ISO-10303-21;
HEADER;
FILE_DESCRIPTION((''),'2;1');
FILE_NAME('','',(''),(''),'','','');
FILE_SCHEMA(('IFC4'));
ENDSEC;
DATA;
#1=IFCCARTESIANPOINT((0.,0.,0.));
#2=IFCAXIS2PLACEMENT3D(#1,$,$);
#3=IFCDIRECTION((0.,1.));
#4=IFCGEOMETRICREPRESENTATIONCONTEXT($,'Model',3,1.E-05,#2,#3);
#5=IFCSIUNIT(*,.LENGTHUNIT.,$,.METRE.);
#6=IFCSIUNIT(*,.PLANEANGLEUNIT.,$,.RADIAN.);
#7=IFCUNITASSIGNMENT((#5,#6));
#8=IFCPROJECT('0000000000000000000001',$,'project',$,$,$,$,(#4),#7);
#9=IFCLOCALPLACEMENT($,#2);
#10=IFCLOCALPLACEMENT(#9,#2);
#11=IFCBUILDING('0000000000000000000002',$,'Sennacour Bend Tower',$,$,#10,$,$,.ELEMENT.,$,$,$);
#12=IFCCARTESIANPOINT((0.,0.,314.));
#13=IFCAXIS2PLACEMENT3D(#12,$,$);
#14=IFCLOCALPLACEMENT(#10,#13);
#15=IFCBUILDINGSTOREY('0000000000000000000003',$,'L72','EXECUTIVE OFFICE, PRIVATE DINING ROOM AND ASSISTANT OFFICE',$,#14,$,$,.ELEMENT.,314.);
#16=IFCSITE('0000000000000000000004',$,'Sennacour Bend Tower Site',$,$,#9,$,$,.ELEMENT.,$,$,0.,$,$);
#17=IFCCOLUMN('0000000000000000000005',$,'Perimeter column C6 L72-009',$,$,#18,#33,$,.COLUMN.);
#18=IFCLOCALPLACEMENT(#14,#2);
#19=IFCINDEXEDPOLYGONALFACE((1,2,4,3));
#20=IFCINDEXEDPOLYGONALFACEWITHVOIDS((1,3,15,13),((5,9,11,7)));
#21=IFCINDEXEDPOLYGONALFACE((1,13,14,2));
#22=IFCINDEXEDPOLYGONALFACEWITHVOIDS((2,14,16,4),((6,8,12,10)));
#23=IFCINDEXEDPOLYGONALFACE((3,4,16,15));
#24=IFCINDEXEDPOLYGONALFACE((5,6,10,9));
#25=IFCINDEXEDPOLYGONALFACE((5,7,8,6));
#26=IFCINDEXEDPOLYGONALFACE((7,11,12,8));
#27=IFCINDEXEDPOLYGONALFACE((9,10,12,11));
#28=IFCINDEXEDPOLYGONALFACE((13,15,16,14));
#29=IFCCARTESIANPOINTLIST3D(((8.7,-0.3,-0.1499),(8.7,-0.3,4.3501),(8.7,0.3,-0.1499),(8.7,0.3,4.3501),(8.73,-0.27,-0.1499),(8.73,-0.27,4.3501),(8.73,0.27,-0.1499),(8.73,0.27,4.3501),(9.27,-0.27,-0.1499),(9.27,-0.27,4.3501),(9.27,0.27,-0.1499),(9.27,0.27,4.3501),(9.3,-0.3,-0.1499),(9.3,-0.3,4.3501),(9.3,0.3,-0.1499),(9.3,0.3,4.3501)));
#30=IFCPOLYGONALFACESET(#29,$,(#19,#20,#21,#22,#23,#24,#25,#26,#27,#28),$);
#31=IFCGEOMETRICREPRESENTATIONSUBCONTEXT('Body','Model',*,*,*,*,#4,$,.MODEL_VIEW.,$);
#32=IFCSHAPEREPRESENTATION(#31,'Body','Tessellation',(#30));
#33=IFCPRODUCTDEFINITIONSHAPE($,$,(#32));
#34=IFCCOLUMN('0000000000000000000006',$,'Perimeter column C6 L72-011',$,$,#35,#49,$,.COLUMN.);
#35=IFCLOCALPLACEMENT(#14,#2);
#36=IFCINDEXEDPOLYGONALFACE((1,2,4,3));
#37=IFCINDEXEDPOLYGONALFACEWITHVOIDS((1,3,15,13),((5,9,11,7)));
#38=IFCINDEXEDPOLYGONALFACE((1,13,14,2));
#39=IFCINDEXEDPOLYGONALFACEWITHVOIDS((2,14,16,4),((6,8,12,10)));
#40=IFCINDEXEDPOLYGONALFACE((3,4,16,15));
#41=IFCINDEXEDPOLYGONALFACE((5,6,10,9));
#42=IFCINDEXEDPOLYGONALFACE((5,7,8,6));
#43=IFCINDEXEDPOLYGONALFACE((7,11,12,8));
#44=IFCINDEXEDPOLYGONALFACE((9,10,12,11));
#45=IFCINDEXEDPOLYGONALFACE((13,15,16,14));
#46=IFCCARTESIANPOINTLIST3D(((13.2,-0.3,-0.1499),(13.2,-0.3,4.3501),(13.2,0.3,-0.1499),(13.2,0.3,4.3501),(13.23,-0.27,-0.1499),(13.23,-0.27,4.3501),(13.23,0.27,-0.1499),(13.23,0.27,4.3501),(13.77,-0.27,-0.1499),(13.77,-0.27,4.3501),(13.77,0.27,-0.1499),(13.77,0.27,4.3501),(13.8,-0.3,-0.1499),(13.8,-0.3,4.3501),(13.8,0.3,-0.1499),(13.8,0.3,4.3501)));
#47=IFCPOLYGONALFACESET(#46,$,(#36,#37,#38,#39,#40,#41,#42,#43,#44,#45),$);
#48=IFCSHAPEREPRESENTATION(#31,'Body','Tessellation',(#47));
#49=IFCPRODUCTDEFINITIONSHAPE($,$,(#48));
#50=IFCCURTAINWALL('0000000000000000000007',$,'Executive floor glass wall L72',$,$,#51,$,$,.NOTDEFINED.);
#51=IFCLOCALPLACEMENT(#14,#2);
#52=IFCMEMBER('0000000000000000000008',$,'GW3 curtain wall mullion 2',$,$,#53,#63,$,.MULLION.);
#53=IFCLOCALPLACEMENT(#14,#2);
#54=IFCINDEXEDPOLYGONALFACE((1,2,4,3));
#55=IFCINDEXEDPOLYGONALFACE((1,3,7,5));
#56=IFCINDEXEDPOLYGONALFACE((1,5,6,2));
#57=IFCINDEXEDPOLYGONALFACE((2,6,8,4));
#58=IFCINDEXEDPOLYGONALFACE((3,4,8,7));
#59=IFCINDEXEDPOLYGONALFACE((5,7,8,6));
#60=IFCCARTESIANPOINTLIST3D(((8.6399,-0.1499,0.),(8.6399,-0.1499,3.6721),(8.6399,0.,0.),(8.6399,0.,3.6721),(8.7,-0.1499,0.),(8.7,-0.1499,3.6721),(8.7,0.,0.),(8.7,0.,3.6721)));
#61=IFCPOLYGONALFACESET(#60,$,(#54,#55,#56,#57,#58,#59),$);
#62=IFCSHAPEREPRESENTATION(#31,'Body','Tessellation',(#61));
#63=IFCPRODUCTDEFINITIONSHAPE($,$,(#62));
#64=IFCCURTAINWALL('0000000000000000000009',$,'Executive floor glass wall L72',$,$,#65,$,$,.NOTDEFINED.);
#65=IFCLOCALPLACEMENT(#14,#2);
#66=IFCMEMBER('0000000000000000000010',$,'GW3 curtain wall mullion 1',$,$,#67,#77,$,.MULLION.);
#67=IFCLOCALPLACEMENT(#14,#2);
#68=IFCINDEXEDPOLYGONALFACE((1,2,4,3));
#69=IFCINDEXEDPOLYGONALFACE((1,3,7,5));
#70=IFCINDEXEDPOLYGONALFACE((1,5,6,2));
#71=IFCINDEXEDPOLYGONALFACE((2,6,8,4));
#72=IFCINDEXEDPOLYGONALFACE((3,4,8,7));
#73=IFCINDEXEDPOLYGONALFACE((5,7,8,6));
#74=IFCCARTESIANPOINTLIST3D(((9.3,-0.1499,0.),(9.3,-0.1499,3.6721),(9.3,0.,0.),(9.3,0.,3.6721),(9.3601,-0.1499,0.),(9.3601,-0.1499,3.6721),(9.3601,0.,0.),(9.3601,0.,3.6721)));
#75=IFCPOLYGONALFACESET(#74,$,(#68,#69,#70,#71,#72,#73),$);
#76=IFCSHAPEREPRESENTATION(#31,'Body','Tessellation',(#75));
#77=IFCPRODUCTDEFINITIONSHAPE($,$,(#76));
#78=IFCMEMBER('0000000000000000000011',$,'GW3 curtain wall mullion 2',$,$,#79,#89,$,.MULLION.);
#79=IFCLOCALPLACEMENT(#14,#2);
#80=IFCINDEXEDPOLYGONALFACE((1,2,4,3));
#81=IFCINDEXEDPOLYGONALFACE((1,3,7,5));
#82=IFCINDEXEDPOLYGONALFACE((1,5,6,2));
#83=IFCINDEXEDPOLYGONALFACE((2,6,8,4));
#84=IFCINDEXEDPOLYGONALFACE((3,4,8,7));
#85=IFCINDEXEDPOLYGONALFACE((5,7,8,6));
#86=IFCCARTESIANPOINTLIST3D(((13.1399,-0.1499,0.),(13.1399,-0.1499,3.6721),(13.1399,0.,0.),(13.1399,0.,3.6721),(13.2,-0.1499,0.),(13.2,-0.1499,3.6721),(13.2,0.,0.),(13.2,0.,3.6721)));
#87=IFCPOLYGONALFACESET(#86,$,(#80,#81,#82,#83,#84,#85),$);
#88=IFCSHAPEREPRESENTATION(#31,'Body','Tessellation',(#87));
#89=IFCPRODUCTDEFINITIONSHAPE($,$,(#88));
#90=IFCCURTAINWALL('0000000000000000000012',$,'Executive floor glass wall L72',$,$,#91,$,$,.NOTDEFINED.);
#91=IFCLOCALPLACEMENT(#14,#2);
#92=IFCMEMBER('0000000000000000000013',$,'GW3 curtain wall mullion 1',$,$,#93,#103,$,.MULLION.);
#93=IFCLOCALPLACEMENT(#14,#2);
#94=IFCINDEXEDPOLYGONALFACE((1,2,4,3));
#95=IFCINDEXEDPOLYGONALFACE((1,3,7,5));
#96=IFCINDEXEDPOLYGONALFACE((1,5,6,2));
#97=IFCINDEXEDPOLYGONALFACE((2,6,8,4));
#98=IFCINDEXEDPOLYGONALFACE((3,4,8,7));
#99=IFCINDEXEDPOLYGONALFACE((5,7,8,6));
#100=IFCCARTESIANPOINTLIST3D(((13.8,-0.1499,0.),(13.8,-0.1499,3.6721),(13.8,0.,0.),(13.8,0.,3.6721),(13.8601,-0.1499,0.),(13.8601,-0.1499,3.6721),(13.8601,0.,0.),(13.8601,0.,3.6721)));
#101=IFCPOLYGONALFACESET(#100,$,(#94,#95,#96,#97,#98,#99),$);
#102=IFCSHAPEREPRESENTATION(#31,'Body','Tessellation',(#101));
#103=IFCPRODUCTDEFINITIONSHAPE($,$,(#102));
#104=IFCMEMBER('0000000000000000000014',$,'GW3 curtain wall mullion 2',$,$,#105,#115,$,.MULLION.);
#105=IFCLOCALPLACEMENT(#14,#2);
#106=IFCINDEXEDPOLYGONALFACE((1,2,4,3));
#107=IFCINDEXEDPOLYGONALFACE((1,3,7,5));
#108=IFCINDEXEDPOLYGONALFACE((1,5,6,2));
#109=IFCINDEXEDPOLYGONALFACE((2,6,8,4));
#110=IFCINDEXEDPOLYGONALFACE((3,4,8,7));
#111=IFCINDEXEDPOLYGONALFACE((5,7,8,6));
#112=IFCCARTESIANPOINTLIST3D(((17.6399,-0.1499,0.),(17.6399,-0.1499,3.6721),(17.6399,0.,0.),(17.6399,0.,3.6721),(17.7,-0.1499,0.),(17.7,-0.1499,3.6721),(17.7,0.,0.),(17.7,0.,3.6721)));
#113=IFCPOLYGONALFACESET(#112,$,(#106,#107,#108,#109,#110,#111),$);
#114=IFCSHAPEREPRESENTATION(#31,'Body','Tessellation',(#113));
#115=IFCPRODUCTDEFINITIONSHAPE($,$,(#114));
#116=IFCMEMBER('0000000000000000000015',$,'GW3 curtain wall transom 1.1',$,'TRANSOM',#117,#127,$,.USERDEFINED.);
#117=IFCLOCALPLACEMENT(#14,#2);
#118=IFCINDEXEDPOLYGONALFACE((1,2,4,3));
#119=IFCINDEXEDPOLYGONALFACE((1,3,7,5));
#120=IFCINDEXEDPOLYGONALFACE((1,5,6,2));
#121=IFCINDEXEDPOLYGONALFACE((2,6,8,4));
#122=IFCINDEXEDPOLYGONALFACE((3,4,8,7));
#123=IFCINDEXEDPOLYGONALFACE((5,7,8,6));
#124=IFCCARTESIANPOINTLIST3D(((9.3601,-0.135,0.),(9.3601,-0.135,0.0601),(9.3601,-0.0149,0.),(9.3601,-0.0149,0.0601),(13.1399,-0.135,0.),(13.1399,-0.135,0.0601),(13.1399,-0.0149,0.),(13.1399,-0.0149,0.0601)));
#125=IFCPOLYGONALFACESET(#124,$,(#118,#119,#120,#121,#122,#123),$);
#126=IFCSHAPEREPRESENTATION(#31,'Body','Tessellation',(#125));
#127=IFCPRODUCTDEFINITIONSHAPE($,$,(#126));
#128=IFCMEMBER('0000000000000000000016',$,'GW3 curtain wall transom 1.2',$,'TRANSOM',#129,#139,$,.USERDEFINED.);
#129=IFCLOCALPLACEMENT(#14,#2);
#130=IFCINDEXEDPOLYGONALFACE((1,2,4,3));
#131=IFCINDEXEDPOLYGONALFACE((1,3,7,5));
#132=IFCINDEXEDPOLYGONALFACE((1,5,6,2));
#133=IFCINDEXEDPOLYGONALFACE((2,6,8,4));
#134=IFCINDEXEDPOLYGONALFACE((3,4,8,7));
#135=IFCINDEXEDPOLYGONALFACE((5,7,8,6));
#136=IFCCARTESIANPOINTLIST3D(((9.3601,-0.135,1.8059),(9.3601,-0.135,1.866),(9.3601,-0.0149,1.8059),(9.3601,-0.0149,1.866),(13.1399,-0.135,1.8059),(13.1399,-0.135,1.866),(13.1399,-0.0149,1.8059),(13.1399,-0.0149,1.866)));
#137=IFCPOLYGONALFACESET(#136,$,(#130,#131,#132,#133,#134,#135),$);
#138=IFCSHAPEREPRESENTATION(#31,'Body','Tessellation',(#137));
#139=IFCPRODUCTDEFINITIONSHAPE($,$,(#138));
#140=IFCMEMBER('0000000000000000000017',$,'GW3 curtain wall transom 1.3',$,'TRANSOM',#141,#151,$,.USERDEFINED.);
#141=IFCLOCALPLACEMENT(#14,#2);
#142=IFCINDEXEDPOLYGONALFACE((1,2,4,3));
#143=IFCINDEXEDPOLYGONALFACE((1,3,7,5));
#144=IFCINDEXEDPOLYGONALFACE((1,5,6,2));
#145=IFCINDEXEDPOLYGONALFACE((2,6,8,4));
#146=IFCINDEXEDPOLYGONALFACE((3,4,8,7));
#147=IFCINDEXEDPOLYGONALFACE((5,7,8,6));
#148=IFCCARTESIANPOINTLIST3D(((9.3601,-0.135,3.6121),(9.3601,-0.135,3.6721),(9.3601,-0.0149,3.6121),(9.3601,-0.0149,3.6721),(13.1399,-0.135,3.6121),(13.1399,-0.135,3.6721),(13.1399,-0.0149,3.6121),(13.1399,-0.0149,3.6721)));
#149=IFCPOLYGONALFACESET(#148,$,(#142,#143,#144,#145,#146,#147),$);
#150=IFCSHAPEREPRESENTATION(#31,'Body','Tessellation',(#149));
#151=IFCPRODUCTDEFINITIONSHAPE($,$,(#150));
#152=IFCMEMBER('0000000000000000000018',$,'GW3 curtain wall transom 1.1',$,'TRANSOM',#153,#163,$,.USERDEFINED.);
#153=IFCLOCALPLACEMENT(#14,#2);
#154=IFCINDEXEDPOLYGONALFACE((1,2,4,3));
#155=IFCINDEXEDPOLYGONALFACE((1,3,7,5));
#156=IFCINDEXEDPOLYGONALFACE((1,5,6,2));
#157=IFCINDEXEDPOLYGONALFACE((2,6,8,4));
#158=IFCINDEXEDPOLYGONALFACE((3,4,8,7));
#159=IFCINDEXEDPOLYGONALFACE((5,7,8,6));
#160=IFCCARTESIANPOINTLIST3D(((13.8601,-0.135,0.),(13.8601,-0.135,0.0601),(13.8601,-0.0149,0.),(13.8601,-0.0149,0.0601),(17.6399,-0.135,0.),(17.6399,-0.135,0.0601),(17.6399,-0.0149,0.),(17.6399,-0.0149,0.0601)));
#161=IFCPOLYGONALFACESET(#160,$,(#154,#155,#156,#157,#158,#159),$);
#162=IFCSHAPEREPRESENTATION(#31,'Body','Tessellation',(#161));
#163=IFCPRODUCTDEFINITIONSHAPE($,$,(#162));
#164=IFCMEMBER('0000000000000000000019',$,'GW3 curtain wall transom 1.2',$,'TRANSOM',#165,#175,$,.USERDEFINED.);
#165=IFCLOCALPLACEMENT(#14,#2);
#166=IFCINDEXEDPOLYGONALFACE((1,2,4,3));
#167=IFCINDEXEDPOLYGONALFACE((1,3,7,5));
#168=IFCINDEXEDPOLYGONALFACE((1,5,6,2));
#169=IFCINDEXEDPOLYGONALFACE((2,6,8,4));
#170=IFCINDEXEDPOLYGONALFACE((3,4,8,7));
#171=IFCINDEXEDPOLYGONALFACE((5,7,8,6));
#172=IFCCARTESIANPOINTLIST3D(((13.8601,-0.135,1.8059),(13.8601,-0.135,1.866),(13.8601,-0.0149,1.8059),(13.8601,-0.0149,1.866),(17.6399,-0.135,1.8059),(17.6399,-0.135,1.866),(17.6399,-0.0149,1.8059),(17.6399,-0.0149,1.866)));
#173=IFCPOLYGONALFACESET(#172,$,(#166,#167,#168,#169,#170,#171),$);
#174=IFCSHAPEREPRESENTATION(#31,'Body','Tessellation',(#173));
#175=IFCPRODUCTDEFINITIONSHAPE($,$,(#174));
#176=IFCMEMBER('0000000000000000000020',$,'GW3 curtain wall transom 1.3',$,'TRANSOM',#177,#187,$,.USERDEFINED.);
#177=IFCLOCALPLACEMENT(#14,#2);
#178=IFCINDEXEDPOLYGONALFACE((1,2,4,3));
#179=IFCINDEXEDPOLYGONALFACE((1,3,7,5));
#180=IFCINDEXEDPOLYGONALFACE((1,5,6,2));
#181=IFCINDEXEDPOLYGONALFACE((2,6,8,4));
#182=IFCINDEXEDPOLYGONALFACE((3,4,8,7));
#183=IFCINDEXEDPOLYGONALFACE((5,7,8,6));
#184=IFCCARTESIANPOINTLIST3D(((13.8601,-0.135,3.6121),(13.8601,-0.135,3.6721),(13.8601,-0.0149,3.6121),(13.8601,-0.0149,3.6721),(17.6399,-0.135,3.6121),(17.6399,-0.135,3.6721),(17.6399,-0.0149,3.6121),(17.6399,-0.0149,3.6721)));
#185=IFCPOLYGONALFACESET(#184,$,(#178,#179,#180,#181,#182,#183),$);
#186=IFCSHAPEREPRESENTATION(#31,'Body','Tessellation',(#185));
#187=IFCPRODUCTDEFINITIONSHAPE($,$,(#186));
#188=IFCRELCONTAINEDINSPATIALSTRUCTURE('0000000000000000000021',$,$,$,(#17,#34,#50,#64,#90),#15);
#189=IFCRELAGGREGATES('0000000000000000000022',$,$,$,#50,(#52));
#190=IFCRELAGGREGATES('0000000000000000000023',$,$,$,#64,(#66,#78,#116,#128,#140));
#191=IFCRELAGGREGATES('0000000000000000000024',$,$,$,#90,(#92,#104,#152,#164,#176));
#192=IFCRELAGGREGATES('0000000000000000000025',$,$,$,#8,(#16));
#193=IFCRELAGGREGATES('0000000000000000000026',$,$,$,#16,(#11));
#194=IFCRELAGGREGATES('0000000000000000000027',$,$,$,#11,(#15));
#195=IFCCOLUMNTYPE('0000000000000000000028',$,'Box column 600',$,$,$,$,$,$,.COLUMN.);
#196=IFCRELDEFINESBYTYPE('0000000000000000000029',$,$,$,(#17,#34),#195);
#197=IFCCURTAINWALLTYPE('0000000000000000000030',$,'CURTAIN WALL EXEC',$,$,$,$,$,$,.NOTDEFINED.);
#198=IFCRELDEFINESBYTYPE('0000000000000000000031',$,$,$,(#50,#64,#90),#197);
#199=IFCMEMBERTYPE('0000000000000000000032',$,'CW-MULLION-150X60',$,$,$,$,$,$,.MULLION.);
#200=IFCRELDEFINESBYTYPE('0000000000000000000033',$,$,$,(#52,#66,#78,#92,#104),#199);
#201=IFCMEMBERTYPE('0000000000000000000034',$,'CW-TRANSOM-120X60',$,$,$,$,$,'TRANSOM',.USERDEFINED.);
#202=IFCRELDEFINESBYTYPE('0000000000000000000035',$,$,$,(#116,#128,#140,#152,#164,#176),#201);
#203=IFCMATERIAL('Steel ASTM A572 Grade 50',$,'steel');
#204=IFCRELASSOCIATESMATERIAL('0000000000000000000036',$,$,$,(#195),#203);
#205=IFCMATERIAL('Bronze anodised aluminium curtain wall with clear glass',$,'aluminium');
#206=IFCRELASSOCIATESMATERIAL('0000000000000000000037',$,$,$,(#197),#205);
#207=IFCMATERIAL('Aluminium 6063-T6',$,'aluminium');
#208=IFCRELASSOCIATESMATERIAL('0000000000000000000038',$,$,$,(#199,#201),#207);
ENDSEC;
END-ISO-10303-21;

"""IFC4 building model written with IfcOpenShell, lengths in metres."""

from ifc_helpers import new_model, si_unit, direction, frame, origin, origin_2d, place, context, subcontext, project, spatial, rectangle, hollow_rectangle, extrude, material, material_profile, profile_set, type_object, element, aggregate, save


model = new_model("IFC4")

# Units and contexts
model_context = context("Model", 3, precision=1e-05, world=origin(), true_north=direction((0.0, 1.0)))
body_context = subcontext(model_context, "Body", "Model", "MODEL_VIEW")
ifc_project = project(units=[si_unit("LENGTHUNIT", "METRE"), si_unit("PLANEANGLEUNIT", "RADIAN")], contexts=[model_context])

# Site, building, storey
site_placement = place(None, origin())
site = spatial("IfcSite", under=ifc_project, at=site_placement, Name="Sennacour Bend Tower Site", CompositionType="ELEMENT", RefElevation=0.0)
building_placement = place(site_placement, origin())
building = spatial("IfcBuilding", under=site, at=building_placement, Name="Sennacour Bend Tower", CompositionType="ELEMENT")
storey_placement = place(building_placement, frame((0.0, 0.0, 314.0)))
storey = spatial("IfcBuildingStorey", under=building, at=storey_placement, Name="L72", Description="EXECUTIVE OFFICE, PRIVATE DINING ROOM AND ASSISTANT OFFICE", CompositionType="ELEMENT", Elevation=314.0)

# Columns
ifc_material_1 = material(Name="Steel ASTM A572 Grade 50", Category="steel")
ifc_material_profile_1 = material_profile(ifc_material_1, hollow_rectangle(XDim=0.6001, YDim=0.6001, WallThickness=0.03, at=origin_2d()), Name="Steel ASTM A572 Grade 50", Category="steel")
ifc_profile_set_1 = profile_set([ifc_material_profile_1], Name="Steel ASTM A572 Grade 50")
column_type = type_object("IfcColumnType", Name="Box column 600", PredefinedType="COLUMN", material=ifc_profile_set_1)
for number, where, z_axis, x_axis, name in (
    (1, (9.0, 0.0, -0.1499), (0.0, 0.0, 1.0), (1.0, 0.0, 0.0), "Perimeter column C6 L72-009"),
    (2, (13.5, 0.0, -0.1499), (0.0, 0.0, 1.0), (1.0, 0.0, 0.0), "Perimeter column C6 L72-011"),
):
    element("IfcColumn", number, at=place(storey_placement, frame(where, z_axis=z_axis, x_axis=x_axis)), inside=storey, type_object=column_type, Name=name, PredefinedType="COLUMN", context=body_context, shape_type="SweptSolid", body=[
        extrude(hollow_rectangle(XDim=0.6001, YDim=0.6001, WallThickness=0.03, at=origin_2d()), origin(), (0.0, 0.0, 1.0), 4.5),
    ])

# Curtain wall, member
ifc_material_2 = material(Name="Bronze anodised aluminium curtain wall with clear glass", Category="aluminium")
curtain_wall_type = type_object("IfcCurtainWallType", Name="CURTAIN WALL EXEC", PredefinedType="NOTDEFINED", material=ifc_material_2)
curtain_wall_1_placement = place(storey_placement, origin())
curtain_wall_1 = element("IfcCurtainWall", 3, at=curtain_wall_1_placement, inside=storey, type_object=curtain_wall_type, Name="Executive floor glass wall L72", PredefinedType="NOTDEFINED")
ifc_material_3 = material(Name="Aluminium 6063-T6", Category="aluminium")
ifc_material_profile_2 = material_profile(ifc_material_3, rectangle(XDim=0.1499, YDim=0.0601, at=origin_2d()), Name="Aluminium 6063-T6", Category="aluminium")
ifc_profile_set_2 = profile_set([ifc_material_profile_2], Name="Aluminium 6063-T6")
member_type_1 = type_object("IfcMemberType", Name="CW-MULLION-150X60", PredefinedType="MULLION", material=ifc_profile_set_2)
member_1_placement = place(storey_placement, frame((8.6699, -0.075, 0.0), z_axis=(0.0, 0.0, 1.0), x_axis=(0.0, 1.0, 0.0)))
member_1 = element("IfcMember", 4, at=member_1_placement, type_object=member_type_1, Name="GW3 curtain wall mullion 2", PredefinedType="MULLION", context=body_context, shape_type="SweptSolid", body=[
    extrude(rectangle(XDim=0.1499, YDim=0.0601, at=origin_2d()), origin(), (0.0, 0.0, 1.0), 3.6721),
])
aggregate(curtain_wall_1, [member_1])

# Curtain walls, members
curtain_wall_2_placement = place(storey_placement, origin())
curtain_wall_2 = element("IfcCurtainWall", 5, at=curtain_wall_2_placement, inside=storey, type_object=curtain_wall_type, Name="Executive floor glass wall L72", PredefinedType="NOTDEFINED")
member_2_placement = place(storey_placement, frame((9.3301, -0.075, 0.0), z_axis=(0.0, 0.0, 1.0), x_axis=(0.0, 1.0, 0.0)))
member_2 = element("IfcMember", 6, at=member_2_placement, type_object=member_type_1, Name="GW3 curtain wall mullion 1", PredefinedType="MULLION", context=body_context, shape_type="SweptSolid", body=[
    extrude(rectangle(XDim=0.1499, YDim=0.0601, at=origin_2d()), origin(), (0.0, 0.0, 1.0), 3.6721),
])
member_3_placement = place(storey_placement, frame((13.1699, -0.075, 0.0), z_axis=(0.0, 0.0, 1.0), x_axis=(0.0, 1.0, 0.0)))
member_3 = element("IfcMember", 7, at=member_3_placement, type_object=member_type_1, Name="GW3 curtain wall mullion 2", PredefinedType="MULLION", context=body_context, shape_type="SweptSolid", body=[
    extrude(rectangle(XDim=0.1499, YDim=0.0601, at=origin_2d()), origin(), (0.0, 0.0, 1.0), 3.6721),
])
curtain_wall_3_placement = place(storey_placement, origin())
curtain_wall_3 = element("IfcCurtainWall", 8, at=curtain_wall_3_placement, inside=storey, type_object=curtain_wall_type, Name="Executive floor glass wall L72", PredefinedType="NOTDEFINED")
member_4_placement = place(storey_placement, frame((13.8301, -0.075, 0.0), z_axis=(0.0, 0.0, 1.0), x_axis=(0.0, 1.0, 0.0)))
member_4 = element("IfcMember", 9, at=member_4_placement, type_object=member_type_1, Name="GW3 curtain wall mullion 1", PredefinedType="MULLION", context=body_context, shape_type="SweptSolid", body=[
    extrude(rectangle(XDim=0.1499, YDim=0.0601, at=origin_2d()), origin(), (0.0, 0.0, 1.0), 3.6721),
])
member_5_placement = place(storey_placement, frame((17.6699, -0.075, 0.0), z_axis=(0.0, 0.0, 1.0), x_axis=(0.0, 1.0, 0.0)))
member_5 = element("IfcMember", 10, at=member_5_placement, type_object=member_type_1, Name="GW3 curtain wall mullion 2", PredefinedType="MULLION", context=body_context, shape_type="SweptSolid", body=[
    extrude(rectangle(XDim=0.1499, YDim=0.0601, at=origin_2d()), origin(), (0.0, 0.0, 1.0), 3.6721),
])

# Members
ifc_material_profile_3 = material_profile(ifc_material_3, rectangle(XDim=0.1201, YDim=0.0601, at=origin_2d()), Name="Aluminium 6063-T6", Category="aluminium")
ifc_profile_set_3 = profile_set([ifc_material_profile_3], Name="Aluminium 6063-T6")
member_type_2 = type_object("IfcMemberType", Name="CW-TRANSOM-120X60", ElementType="TRANSOM", PredefinedType="USERDEFINED", material=ifc_profile_set_3)
member_6_placement = place(storey_placement, frame((9.3601, -0.075, 0.03), z_axis=(1.0, 0.0, 0.0), x_axis=(0.0, 1.0, 0.0)))
member_6 = element("IfcMember", 11, at=member_6_placement, type_object=member_type_2, Name="GW3 curtain wall transom 1.1", ObjectType="TRANSOM", PredefinedType="USERDEFINED", context=body_context, shape_type="SweptSolid", body=[
    extrude(rectangle(XDim=0.1201, YDim=0.0601, at=origin_2d()), origin(), (0.0, 0.0, 1.0), 3.7798),
])
member_7_placement = place(storey_placement, frame((9.3601, -0.075, 1.8359), z_axis=(1.0, 0.0, 0.0), x_axis=(0.0, 1.0, 0.0)))
member_7 = element("IfcMember", 12, at=member_7_placement, type_object=member_type_2, Name="GW3 curtain wall transom 1.2", ObjectType="TRANSOM", PredefinedType="USERDEFINED", context=body_context, shape_type="SweptSolid", body=[
    extrude(rectangle(XDim=0.1201, YDim=0.0601, at=origin_2d()), origin(), (0.0, 0.0, 1.0), 3.7798),
])
member_8_placement = place(storey_placement, frame((9.3601, -0.075, 3.6421), z_axis=(1.0, 0.0, 0.0), x_axis=(0.0, 1.0, 0.0)))
member_8 = element("IfcMember", 13, at=member_8_placement, type_object=member_type_2, Name="GW3 curtain wall transom 1.3", ObjectType="TRANSOM", PredefinedType="USERDEFINED", context=body_context, shape_type="SweptSolid", body=[
    extrude(rectangle(XDim=0.1201, YDim=0.0601, at=origin_2d()), origin(), (0.0, 0.0, 1.0), 3.7798),
])
member_9_placement = place(storey_placement, frame((13.8601, -0.075, 0.03), z_axis=(1.0, 0.0, 0.0), x_axis=(0.0, 1.0, 0.0)))
member_9 = element("IfcMember", 14, at=member_9_placement, type_object=member_type_2, Name="GW3 curtain wall transom 1.1", ObjectType="TRANSOM", PredefinedType="USERDEFINED", context=body_context, shape_type="SweptSolid", body=[
    extrude(rectangle(XDim=0.1201, YDim=0.0601, at=origin_2d()), origin(), (0.0, 0.0, 1.0), 3.7798),
])
member_10_placement = place(storey_placement, frame((13.8601, -0.075, 1.8359), z_axis=(1.0, 0.0, 0.0), x_axis=(0.0, 1.0, 0.0)))
member_10 = element("IfcMember", 15, at=member_10_placement, type_object=member_type_2, Name="GW3 curtain wall transom 1.2", ObjectType="TRANSOM", PredefinedType="USERDEFINED", context=body_context, shape_type="SweptSolid", body=[
    extrude(rectangle(XDim=0.1201, YDim=0.0601, at=origin_2d()), origin(), (0.0, 0.0, 1.0), 3.7798),
])
member_11_placement = place(storey_placement, frame((13.8601, -0.075, 3.6421), z_axis=(1.0, 0.0, 0.0), x_axis=(0.0, 1.0, 0.0)))
member_11 = element("IfcMember", 16, at=member_11_placement, type_object=member_type_2, Name="GW3 curtain wall transom 1.3", ObjectType="TRANSOM", PredefinedType="USERDEFINED", context=body_context, shape_type="SweptSolid", body=[
    extrude(rectangle(XDim=0.1201, YDim=0.0601, at=origin_2d()), origin(), (0.0, 0.0, 1.0), 3.7798),
])

aggregate(curtain_wall_2, [member_2, member_3, member_6, member_7, member_8])
aggregate(curtain_wall_3, [member_4, member_5, member_9, member_10, member_11])

save(model, "model.ifc")
